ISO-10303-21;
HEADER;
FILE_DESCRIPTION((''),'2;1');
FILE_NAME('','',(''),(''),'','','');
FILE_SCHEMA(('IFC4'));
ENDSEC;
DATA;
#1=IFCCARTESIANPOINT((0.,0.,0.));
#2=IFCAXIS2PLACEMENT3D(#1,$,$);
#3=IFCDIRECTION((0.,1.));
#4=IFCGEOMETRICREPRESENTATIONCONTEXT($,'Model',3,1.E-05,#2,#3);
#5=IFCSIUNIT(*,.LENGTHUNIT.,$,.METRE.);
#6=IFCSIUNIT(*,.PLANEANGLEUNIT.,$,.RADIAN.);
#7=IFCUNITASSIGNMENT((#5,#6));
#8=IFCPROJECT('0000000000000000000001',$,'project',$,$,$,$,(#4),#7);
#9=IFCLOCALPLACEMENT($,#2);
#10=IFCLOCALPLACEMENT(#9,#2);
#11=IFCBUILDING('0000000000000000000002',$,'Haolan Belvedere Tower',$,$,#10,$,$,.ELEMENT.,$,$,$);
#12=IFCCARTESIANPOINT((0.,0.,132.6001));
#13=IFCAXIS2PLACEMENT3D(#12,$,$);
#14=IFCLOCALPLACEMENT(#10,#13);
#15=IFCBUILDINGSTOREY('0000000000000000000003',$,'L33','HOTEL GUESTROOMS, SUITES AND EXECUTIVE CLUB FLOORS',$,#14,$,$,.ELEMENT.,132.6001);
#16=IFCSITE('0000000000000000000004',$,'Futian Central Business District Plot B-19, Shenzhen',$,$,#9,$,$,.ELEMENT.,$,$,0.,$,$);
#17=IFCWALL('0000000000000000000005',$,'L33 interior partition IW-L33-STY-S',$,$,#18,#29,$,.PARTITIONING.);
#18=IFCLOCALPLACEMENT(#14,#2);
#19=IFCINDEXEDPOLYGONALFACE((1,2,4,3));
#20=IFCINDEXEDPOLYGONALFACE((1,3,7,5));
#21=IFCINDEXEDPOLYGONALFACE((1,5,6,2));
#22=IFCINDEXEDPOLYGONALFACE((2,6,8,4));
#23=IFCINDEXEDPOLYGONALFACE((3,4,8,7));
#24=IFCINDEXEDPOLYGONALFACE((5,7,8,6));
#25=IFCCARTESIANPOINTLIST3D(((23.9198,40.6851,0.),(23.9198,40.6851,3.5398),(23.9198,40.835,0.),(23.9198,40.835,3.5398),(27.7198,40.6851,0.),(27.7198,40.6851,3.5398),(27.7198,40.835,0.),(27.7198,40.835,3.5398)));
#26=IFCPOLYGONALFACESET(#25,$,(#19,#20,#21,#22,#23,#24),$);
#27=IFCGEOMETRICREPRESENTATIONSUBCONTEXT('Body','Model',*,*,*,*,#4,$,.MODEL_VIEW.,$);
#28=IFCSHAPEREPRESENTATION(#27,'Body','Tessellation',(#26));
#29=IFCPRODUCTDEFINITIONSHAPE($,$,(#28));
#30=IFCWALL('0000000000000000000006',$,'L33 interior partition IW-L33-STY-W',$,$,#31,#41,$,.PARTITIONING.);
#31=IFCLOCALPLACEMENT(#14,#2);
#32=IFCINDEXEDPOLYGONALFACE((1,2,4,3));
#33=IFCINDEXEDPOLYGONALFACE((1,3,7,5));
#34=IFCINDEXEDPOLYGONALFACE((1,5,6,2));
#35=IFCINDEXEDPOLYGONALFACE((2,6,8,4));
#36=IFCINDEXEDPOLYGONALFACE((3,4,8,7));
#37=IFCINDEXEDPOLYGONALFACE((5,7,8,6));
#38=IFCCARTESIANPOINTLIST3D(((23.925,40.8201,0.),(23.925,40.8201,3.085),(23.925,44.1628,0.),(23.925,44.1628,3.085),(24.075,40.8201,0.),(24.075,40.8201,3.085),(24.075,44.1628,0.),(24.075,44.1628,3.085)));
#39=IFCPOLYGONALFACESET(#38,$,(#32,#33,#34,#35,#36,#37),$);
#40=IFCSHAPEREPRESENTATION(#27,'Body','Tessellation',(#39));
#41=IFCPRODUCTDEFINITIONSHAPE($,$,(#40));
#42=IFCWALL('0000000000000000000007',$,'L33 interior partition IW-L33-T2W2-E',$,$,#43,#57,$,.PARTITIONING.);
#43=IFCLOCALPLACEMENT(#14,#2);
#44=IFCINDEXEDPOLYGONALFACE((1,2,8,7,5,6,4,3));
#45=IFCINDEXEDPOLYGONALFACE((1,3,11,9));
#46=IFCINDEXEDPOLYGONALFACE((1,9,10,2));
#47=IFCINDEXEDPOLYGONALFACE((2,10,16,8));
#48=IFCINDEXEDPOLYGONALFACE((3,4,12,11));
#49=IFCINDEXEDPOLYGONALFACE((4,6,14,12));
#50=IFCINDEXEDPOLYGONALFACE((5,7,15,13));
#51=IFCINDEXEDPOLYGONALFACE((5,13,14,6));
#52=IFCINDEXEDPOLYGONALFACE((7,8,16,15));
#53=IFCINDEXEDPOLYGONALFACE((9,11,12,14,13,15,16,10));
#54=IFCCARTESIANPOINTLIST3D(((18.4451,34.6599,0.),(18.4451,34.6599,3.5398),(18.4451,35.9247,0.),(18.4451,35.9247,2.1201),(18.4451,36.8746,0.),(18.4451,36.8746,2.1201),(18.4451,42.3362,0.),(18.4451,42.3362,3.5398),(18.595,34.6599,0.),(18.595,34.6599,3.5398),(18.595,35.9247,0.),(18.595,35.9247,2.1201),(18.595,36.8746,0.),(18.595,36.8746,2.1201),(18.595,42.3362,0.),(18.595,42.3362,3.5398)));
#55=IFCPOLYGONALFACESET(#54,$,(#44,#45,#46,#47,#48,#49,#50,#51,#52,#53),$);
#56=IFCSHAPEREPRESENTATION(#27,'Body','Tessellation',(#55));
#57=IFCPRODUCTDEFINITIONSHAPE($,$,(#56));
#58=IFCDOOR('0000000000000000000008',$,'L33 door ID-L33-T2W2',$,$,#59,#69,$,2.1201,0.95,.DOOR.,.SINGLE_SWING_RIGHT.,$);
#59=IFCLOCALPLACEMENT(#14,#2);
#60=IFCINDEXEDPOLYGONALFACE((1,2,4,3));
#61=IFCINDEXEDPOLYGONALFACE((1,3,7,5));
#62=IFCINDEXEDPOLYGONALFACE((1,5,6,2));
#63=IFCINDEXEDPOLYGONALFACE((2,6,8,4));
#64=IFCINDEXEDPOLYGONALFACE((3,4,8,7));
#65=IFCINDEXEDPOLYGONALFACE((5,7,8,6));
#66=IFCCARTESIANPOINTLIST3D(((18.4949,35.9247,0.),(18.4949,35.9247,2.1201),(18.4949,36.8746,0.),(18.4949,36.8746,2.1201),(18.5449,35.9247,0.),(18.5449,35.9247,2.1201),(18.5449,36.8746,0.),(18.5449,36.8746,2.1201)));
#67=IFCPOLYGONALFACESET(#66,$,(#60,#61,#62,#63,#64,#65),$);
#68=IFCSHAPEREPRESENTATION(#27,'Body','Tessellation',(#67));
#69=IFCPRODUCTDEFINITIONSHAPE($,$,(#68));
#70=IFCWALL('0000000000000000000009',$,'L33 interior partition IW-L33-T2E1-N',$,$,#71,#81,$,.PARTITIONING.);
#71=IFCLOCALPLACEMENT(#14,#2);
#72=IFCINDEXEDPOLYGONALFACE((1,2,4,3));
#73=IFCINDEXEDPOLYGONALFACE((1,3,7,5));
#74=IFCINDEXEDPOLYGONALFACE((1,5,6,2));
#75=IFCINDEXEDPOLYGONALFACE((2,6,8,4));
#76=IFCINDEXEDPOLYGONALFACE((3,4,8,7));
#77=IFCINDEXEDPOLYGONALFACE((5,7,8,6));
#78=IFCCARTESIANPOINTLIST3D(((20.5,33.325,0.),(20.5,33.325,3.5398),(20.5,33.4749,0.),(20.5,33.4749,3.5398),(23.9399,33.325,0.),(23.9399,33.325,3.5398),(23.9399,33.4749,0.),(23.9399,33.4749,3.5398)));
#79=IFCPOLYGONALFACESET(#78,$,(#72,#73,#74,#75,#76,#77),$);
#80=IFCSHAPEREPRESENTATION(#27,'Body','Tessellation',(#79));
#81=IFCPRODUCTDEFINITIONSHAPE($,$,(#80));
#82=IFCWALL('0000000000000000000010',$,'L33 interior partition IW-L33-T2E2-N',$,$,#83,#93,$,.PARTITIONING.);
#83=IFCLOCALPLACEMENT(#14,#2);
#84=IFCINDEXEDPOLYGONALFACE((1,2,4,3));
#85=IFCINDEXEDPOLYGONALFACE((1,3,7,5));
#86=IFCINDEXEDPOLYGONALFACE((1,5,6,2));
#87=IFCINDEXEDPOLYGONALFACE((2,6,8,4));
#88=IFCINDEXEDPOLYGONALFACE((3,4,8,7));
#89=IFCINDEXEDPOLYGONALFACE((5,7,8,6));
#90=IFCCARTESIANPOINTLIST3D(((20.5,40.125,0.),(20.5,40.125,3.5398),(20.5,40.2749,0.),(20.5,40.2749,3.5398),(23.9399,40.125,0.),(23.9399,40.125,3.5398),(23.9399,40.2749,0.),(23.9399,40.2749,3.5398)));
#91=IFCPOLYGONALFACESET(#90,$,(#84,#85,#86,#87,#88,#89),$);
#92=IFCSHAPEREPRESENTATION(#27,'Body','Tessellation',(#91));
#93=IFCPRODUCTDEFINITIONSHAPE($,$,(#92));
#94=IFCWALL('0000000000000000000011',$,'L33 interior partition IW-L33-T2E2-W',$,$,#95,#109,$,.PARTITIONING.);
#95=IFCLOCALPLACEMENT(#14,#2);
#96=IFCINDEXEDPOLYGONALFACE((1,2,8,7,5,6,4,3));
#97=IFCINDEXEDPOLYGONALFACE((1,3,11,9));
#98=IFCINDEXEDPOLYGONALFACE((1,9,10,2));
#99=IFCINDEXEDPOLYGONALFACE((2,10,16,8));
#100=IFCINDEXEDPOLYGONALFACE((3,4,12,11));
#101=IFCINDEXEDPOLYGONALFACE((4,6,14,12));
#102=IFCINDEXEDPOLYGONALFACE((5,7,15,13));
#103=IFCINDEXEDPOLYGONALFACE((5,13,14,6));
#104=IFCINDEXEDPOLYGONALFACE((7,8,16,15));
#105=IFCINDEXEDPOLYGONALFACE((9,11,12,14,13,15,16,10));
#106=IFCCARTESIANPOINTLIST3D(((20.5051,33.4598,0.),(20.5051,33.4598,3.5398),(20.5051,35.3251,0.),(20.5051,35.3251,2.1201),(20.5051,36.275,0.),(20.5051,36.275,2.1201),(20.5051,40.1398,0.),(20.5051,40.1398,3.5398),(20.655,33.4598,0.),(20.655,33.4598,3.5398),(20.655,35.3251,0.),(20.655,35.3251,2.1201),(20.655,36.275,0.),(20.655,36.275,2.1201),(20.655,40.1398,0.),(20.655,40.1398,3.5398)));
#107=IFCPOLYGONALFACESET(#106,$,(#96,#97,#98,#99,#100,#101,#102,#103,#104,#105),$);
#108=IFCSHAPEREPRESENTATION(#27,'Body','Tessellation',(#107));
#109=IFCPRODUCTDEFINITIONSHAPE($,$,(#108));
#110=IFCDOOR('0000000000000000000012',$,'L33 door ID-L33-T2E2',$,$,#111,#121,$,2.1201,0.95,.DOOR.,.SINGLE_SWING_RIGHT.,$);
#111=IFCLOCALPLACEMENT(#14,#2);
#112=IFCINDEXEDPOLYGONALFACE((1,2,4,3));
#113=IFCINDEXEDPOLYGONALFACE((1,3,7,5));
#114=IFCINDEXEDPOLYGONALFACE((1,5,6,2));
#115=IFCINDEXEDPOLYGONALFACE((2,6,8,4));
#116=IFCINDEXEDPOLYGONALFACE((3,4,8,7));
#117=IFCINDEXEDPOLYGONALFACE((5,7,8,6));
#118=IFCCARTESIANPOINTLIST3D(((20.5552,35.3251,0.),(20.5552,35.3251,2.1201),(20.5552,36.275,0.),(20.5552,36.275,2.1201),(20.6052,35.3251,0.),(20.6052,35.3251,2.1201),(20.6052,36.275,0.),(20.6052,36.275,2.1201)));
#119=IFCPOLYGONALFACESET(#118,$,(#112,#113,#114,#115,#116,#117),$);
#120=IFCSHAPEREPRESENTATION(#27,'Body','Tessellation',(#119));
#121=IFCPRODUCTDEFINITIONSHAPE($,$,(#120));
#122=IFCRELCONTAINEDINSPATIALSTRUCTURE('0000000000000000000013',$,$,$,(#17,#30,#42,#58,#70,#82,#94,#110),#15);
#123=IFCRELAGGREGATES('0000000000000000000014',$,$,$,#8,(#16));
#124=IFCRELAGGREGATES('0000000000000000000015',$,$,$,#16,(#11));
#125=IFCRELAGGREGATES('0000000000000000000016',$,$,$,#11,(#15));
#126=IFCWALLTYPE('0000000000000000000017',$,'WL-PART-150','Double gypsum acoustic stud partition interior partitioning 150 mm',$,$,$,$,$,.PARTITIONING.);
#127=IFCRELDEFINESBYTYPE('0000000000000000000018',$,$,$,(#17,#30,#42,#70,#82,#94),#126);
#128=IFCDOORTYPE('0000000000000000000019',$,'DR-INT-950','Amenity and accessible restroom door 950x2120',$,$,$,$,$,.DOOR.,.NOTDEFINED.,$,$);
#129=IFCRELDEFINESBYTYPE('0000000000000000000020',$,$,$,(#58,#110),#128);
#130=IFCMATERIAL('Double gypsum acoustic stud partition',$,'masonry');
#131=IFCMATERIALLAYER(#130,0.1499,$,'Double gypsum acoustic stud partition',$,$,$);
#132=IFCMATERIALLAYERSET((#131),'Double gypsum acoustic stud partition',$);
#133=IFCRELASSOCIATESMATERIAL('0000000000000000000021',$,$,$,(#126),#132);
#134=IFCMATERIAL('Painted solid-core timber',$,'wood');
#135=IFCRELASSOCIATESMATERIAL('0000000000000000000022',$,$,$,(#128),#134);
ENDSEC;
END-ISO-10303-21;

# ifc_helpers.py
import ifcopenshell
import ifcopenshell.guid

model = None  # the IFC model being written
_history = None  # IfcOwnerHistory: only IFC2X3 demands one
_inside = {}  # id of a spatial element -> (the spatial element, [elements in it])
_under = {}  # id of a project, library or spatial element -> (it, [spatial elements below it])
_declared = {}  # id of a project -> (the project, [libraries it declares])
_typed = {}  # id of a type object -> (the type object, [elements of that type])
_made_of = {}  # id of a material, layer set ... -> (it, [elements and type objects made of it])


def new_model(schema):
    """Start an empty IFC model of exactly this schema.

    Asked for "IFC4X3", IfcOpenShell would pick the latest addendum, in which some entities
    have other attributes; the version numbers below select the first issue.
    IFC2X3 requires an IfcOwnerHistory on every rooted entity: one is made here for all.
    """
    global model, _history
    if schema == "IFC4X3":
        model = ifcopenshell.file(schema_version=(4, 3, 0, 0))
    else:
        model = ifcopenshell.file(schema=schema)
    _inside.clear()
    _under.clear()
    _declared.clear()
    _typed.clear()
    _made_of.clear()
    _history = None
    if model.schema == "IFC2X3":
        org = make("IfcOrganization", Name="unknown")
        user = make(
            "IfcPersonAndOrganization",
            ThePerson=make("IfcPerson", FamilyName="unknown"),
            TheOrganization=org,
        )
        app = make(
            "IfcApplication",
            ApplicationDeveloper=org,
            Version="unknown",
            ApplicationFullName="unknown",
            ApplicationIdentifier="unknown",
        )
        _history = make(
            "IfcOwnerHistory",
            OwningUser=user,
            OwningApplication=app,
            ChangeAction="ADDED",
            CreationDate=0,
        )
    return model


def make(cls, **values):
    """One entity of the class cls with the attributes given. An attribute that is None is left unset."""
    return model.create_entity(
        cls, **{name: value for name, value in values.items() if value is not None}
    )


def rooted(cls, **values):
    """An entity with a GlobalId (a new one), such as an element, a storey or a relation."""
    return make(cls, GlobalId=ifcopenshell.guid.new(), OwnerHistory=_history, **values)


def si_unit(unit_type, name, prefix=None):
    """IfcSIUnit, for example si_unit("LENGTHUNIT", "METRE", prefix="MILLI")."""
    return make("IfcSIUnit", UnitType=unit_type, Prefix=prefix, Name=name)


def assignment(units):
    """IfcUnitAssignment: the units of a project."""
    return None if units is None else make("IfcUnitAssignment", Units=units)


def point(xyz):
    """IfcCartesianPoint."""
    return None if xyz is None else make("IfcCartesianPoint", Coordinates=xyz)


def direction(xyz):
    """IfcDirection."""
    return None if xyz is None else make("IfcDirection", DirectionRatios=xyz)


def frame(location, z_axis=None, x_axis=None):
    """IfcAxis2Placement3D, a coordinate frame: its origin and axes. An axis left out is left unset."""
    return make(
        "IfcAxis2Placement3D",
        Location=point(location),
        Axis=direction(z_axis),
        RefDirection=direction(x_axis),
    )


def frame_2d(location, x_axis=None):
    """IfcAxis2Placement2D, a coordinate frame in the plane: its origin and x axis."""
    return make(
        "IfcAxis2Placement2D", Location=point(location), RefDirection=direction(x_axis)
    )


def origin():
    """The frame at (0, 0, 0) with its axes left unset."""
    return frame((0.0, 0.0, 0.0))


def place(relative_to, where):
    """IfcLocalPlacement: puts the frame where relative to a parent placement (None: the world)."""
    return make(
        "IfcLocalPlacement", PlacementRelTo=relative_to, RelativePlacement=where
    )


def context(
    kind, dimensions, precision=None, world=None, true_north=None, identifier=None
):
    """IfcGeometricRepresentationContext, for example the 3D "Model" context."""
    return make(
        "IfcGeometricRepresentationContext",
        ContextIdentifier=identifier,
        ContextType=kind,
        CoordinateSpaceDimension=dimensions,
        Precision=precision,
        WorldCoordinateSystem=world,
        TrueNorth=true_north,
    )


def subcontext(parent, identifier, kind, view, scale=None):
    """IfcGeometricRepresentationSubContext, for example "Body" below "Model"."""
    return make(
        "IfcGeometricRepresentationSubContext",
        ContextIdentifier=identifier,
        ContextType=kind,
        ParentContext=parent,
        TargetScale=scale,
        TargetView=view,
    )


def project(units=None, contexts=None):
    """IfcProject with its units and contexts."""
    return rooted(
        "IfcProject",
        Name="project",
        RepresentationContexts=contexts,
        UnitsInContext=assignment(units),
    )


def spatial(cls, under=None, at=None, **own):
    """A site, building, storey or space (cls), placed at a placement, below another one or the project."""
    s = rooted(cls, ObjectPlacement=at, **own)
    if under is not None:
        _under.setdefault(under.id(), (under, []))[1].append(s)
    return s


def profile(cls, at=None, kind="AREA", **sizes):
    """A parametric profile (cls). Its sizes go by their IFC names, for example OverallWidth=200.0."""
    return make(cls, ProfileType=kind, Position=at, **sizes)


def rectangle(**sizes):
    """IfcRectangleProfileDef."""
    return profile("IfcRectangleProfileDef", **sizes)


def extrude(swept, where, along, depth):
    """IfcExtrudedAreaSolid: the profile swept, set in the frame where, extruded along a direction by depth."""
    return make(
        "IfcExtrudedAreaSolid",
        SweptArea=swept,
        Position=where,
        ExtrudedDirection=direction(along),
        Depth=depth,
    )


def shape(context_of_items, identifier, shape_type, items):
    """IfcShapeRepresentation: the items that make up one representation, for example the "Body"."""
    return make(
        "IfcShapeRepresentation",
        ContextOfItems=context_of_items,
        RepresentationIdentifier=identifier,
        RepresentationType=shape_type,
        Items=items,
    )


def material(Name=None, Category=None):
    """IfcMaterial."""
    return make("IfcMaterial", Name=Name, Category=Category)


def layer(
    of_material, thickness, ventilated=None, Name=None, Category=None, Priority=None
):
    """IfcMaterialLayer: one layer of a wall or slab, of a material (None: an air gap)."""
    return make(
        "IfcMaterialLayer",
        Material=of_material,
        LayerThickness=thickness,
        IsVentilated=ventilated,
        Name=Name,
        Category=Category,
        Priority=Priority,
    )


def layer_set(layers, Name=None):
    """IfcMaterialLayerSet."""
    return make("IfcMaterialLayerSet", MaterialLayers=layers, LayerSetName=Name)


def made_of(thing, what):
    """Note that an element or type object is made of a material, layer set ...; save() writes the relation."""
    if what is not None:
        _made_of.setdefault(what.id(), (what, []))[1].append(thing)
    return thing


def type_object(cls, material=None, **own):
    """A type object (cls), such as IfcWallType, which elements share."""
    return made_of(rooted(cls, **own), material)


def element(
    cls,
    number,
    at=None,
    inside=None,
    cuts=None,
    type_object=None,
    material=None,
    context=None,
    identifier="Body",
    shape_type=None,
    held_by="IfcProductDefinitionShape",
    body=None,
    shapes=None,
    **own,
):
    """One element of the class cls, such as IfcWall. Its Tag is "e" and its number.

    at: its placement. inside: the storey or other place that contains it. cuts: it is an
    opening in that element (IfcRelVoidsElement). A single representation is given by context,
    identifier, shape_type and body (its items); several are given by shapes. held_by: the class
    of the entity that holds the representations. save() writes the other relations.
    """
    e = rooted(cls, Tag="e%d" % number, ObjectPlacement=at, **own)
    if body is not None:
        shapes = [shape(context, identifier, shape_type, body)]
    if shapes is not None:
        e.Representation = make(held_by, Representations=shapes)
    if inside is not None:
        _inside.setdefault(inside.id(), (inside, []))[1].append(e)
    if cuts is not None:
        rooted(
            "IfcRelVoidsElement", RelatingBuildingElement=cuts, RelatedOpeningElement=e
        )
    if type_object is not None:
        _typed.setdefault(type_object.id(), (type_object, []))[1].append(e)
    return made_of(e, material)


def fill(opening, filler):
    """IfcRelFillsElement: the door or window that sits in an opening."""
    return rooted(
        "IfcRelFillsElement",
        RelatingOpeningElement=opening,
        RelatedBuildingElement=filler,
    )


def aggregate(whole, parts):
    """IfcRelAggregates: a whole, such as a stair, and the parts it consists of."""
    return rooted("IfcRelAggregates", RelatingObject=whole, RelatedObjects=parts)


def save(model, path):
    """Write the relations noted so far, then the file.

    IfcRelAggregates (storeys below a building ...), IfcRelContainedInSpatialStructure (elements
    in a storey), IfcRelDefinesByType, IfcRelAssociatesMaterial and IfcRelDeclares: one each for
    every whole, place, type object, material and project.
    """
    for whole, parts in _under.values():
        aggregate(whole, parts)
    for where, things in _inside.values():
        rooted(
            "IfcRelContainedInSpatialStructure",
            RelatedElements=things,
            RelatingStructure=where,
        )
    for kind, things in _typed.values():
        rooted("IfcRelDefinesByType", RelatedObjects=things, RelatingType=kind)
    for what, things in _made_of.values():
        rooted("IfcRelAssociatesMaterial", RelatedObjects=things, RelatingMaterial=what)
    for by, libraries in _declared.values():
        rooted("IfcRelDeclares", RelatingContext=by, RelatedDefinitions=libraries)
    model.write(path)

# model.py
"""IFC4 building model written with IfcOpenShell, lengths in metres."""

from ifc_helpers import new_model, si_unit, direction, frame, frame_2d, origin, place, context, subcontext, project, spatial, rectangle, extrude, material, layer, layer_set, type_object, element, fill, save


model = new_model("IFC4")

# Units and contexts
model_context = context("Model", 3, precision=1e-05, world=origin(), true_north=direction((0.0, 1.0)))
body_context = subcontext(model_context, "Body", "Model", "MODEL_VIEW")
ifc_project = project(units=[si_unit("LENGTHUNIT", "METRE"), si_unit("PLANEANGLEUNIT", "RADIAN")], contexts=[model_context])

# Site, building, storey
site_placement = place(None, origin())
site = spatial("IfcSite", under=ifc_project, at=site_placement, Name="Futian Central Business District Plot B-19, Shenzhen", CompositionType="ELEMENT", RefElevation=0.0)
building_placement = place(site_placement, origin())
building = spatial("IfcBuilding", under=site, at=building_placement, Name="Haolan Belvedere Tower", CompositionType="ELEMENT")
storey_placement = place(building_placement, frame((0.0, 0.0, 132.6001)))
storey = spatial("IfcBuildingStorey", under=building, at=storey_placement, Name="L33", Description="HOTEL GUESTROOMS, SUITES AND EXECUTIVE CLUB FLOORS", CompositionType="ELEMENT", Elevation=132.6001)

# Walls
ifc_material_1 = material(Name="Double gypsum acoustic stud partition", Category="masonry")
ifc_layer_1 = layer(ifc_material_1, 0.1499, Name="Double gypsum acoustic stud partition")
ifc_layer_set_1 = layer_set([ifc_layer_1], Name="Double gypsum acoustic stud partition")
wall_type_1 = type_object("IfcWallType", Name="WL-PART-150", Description="Double gypsum acoustic stud partition interior partitioning 150 mm", PredefinedType="PARTITIONING", material=ifc_layer_set_1)
wall_1_placement = place(storey_placement, frame((23.9199, 40.76, 0.0), z_axis=(0.0, 0.0, 1.0), x_axis=(1.0, 0.0, 0.0)))
element("IfcWall", 1, at=wall_1_placement, inside=storey, type_object=wall_type_1, Name="L33 interior partition IW-L33-STY-S", PredefinedType="PARTITIONING", context=body_context, shape_type="SweptSolid", body=[
    extrude(rectangle(XDim=3.8, YDim=0.1499, at=frame_2d((1.8999, 0.0))), origin(), (0.0, 0.0, 1.0), 3.5398),
])
wall_2_placement = place(storey_placement, frame((24.0, 40.8201, 0.0), z_axis=(0.0, 0.0, 1.0), x_axis=(0.0, 1.0, 0.0)))
element("IfcWall", 2, at=wall_2_placement, inside=storey, type_object=wall_type_1, Name="L33 interior partition IW-L33-STY-W", PredefinedType="PARTITIONING", context=body_context, shape_type="SweptSolid", body=[
    extrude(rectangle(XDim=3.3428, YDim=0.1499, at=frame_2d((1.6714, 0.0))), origin(), (0.0, 0.0, 1.0), 3.085),
])

# Wall, opening, door
wall_3_placement = place(storey_placement, frame((18.52, 34.6599, 0.0), z_axis=(0.0, 0.0, 1.0), x_axis=(0.0, 1.0, 0.0)))
wall_3 = element("IfcWall", 3, at=wall_3_placement, inside=storey, type_object=wall_type_1, Name="L33 interior partition IW-L33-T2W2-E", PredefinedType="PARTITIONING", context=body_context, shape_type="SweptSolid", body=[
    extrude(rectangle(XDim=7.6763, YDim=0.1499, at=frame_2d((3.8381, 0.0))), origin(), (0.0, 0.0, 1.0), 3.5398),
])
opening_1_placement = place(wall_3_placement, frame((2.2148, 0.0, 0.0), z_axis=(0.0, 0.0, 1.0), x_axis=(-1.0, 0.0, 0.0)))
opening_1 = element("IfcOpeningElement", 4, at=opening_1_placement, cuts=wall_3, PredefinedType="OPENING", context=body_context, shape_type="SweptSolid", body=[
    extrude(rectangle(XDim=0.95, YDim=2.1201, at=frame_2d((0.4751, 1.0601))), frame((0.0, 0.085, 0.0), z_axis=(0.0, -1.0, 0.0), x_axis=(1.0, 0.0, 0.0)), (0.0, 0.0, 1.0), 0.1699),
])
ifc_material_2 = material(Name="Painted solid-core timber", Category="wood")
door_type = type_object("IfcDoorType", Name="DR-INT-950", Description="Amenity and accessible restroom door 950x2120", OperationType="NOTDEFINED", PredefinedType="DOOR", material=ifc_material_2)
door_1_placement = place(opening_1_placement, origin())
door_1 = element("IfcDoor", 5, at=door_1_placement, inside=storey, type_object=door_type, Name="L33 door ID-L33-T2W2", OperationType="SINGLE_SWING_RIGHT", OverallHeight=2.1201, OverallWidth=0.95, PredefinedType="DOOR", context=body_context, shape_type="SweptSolid", body=[
    extrude(rectangle(XDim=0.95, YDim=2.1201, at=frame_2d((0.4751, 1.0601))), frame((0.0, 0.0249, 0.0), z_axis=(0.0, -1.0, 0.0), x_axis=(1.0, 0.0, 0.0)), (0.0, 0.0, 1.0), 0.05),
])
fill(opening_1, door_1)

# Walls
for number, where, z_axis, x_axis, name in (
    (6, (20.5, 33.3999, 0.0), (0.0, 0.0, 1.0), (1.0, 0.0, 0.0), "L33 interior partition IW-L33-T2E1-N"),
    (7, (20.5, 40.2, 0.0), (0.0, 0.0, 1.0), (1.0, 0.0, 0.0), "L33 interior partition IW-L33-T2E2-N"),
):
    element("IfcWall", number, at=place(storey_placement, frame(where, z_axis=z_axis, x_axis=x_axis)), inside=storey, type_object=wall_type_1, Name=name, PredefinedType="PARTITIONING", context=body_context, shape_type="SweptSolid", body=[
        extrude(rectangle(XDim=3.4399, YDim=0.1499, at=frame_2d((1.72, 0.0))), origin(), (0.0, 0.0, 1.0), 3.5398),
    ])

# Wall, opening, door
wall_4_placement = place(storey_placement, frame((20.5801, 33.46, 0.0), z_axis=(0.0, 0.0, 1.0), x_axis=(0.0, 1.0, 0.0)))
wall_4 = element("IfcWall", 8, at=wall_4_placement, inside=storey, type_object=wall_type_1, Name="L33 interior partition IW-L33-T2E2-W", PredefinedType="PARTITIONING", context=body_context, shape_type="SweptSolid", body=[
    extrude(rectangle(XDim=6.6799, YDim=0.1499, at=frame_2d((3.3398, 0.0))), origin(), (0.0, 0.0, 1.0), 3.5398),
])
opening_2_placement = place(wall_4_placement, frame((1.865, 0.0, 0.0)))
opening_2 = element("IfcOpeningElement", 9, at=opening_2_placement, cuts=wall_4, PredefinedType="OPENING", context=body_context, shape_type="SweptSolid", body=[
    extrude(rectangle(XDim=0.95, YDim=2.1201, at=frame_2d((0.4751, 1.0601))), frame((0.0, 0.085, 0.0), z_axis=(0.0, -1.0, 0.0), x_axis=(1.0, 0.0, 0.0)), (0.0, 0.0, 1.0), 0.1699),
])
door_2_placement = place(opening_2_placement, origin())
door_2 = element("IfcDoor", 10, at=door_2_placement, inside=storey, type_object=door_type, Name="L33 door ID-L33-T2E2", OperationType="SINGLE_SWING_RIGHT", OverallHeight=2.1201, OverallWidth=0.95, PredefinedType="DOOR", context=body_context, shape_type="SweptSolid", body=[
    extrude(rectangle(XDim=0.95, YDim=2.1201, at=frame_2d((0.4751, 1.0601))), frame((0.0, 0.0249, 0.0), z_axis=(0.0, -1.0, 0.0), x_axis=(1.0, 0.0, 0.0)), (0.0, 0.0, 1.0), 0.05),
])
fill(opening_2, door_2)

save(model, "model.ifc")
